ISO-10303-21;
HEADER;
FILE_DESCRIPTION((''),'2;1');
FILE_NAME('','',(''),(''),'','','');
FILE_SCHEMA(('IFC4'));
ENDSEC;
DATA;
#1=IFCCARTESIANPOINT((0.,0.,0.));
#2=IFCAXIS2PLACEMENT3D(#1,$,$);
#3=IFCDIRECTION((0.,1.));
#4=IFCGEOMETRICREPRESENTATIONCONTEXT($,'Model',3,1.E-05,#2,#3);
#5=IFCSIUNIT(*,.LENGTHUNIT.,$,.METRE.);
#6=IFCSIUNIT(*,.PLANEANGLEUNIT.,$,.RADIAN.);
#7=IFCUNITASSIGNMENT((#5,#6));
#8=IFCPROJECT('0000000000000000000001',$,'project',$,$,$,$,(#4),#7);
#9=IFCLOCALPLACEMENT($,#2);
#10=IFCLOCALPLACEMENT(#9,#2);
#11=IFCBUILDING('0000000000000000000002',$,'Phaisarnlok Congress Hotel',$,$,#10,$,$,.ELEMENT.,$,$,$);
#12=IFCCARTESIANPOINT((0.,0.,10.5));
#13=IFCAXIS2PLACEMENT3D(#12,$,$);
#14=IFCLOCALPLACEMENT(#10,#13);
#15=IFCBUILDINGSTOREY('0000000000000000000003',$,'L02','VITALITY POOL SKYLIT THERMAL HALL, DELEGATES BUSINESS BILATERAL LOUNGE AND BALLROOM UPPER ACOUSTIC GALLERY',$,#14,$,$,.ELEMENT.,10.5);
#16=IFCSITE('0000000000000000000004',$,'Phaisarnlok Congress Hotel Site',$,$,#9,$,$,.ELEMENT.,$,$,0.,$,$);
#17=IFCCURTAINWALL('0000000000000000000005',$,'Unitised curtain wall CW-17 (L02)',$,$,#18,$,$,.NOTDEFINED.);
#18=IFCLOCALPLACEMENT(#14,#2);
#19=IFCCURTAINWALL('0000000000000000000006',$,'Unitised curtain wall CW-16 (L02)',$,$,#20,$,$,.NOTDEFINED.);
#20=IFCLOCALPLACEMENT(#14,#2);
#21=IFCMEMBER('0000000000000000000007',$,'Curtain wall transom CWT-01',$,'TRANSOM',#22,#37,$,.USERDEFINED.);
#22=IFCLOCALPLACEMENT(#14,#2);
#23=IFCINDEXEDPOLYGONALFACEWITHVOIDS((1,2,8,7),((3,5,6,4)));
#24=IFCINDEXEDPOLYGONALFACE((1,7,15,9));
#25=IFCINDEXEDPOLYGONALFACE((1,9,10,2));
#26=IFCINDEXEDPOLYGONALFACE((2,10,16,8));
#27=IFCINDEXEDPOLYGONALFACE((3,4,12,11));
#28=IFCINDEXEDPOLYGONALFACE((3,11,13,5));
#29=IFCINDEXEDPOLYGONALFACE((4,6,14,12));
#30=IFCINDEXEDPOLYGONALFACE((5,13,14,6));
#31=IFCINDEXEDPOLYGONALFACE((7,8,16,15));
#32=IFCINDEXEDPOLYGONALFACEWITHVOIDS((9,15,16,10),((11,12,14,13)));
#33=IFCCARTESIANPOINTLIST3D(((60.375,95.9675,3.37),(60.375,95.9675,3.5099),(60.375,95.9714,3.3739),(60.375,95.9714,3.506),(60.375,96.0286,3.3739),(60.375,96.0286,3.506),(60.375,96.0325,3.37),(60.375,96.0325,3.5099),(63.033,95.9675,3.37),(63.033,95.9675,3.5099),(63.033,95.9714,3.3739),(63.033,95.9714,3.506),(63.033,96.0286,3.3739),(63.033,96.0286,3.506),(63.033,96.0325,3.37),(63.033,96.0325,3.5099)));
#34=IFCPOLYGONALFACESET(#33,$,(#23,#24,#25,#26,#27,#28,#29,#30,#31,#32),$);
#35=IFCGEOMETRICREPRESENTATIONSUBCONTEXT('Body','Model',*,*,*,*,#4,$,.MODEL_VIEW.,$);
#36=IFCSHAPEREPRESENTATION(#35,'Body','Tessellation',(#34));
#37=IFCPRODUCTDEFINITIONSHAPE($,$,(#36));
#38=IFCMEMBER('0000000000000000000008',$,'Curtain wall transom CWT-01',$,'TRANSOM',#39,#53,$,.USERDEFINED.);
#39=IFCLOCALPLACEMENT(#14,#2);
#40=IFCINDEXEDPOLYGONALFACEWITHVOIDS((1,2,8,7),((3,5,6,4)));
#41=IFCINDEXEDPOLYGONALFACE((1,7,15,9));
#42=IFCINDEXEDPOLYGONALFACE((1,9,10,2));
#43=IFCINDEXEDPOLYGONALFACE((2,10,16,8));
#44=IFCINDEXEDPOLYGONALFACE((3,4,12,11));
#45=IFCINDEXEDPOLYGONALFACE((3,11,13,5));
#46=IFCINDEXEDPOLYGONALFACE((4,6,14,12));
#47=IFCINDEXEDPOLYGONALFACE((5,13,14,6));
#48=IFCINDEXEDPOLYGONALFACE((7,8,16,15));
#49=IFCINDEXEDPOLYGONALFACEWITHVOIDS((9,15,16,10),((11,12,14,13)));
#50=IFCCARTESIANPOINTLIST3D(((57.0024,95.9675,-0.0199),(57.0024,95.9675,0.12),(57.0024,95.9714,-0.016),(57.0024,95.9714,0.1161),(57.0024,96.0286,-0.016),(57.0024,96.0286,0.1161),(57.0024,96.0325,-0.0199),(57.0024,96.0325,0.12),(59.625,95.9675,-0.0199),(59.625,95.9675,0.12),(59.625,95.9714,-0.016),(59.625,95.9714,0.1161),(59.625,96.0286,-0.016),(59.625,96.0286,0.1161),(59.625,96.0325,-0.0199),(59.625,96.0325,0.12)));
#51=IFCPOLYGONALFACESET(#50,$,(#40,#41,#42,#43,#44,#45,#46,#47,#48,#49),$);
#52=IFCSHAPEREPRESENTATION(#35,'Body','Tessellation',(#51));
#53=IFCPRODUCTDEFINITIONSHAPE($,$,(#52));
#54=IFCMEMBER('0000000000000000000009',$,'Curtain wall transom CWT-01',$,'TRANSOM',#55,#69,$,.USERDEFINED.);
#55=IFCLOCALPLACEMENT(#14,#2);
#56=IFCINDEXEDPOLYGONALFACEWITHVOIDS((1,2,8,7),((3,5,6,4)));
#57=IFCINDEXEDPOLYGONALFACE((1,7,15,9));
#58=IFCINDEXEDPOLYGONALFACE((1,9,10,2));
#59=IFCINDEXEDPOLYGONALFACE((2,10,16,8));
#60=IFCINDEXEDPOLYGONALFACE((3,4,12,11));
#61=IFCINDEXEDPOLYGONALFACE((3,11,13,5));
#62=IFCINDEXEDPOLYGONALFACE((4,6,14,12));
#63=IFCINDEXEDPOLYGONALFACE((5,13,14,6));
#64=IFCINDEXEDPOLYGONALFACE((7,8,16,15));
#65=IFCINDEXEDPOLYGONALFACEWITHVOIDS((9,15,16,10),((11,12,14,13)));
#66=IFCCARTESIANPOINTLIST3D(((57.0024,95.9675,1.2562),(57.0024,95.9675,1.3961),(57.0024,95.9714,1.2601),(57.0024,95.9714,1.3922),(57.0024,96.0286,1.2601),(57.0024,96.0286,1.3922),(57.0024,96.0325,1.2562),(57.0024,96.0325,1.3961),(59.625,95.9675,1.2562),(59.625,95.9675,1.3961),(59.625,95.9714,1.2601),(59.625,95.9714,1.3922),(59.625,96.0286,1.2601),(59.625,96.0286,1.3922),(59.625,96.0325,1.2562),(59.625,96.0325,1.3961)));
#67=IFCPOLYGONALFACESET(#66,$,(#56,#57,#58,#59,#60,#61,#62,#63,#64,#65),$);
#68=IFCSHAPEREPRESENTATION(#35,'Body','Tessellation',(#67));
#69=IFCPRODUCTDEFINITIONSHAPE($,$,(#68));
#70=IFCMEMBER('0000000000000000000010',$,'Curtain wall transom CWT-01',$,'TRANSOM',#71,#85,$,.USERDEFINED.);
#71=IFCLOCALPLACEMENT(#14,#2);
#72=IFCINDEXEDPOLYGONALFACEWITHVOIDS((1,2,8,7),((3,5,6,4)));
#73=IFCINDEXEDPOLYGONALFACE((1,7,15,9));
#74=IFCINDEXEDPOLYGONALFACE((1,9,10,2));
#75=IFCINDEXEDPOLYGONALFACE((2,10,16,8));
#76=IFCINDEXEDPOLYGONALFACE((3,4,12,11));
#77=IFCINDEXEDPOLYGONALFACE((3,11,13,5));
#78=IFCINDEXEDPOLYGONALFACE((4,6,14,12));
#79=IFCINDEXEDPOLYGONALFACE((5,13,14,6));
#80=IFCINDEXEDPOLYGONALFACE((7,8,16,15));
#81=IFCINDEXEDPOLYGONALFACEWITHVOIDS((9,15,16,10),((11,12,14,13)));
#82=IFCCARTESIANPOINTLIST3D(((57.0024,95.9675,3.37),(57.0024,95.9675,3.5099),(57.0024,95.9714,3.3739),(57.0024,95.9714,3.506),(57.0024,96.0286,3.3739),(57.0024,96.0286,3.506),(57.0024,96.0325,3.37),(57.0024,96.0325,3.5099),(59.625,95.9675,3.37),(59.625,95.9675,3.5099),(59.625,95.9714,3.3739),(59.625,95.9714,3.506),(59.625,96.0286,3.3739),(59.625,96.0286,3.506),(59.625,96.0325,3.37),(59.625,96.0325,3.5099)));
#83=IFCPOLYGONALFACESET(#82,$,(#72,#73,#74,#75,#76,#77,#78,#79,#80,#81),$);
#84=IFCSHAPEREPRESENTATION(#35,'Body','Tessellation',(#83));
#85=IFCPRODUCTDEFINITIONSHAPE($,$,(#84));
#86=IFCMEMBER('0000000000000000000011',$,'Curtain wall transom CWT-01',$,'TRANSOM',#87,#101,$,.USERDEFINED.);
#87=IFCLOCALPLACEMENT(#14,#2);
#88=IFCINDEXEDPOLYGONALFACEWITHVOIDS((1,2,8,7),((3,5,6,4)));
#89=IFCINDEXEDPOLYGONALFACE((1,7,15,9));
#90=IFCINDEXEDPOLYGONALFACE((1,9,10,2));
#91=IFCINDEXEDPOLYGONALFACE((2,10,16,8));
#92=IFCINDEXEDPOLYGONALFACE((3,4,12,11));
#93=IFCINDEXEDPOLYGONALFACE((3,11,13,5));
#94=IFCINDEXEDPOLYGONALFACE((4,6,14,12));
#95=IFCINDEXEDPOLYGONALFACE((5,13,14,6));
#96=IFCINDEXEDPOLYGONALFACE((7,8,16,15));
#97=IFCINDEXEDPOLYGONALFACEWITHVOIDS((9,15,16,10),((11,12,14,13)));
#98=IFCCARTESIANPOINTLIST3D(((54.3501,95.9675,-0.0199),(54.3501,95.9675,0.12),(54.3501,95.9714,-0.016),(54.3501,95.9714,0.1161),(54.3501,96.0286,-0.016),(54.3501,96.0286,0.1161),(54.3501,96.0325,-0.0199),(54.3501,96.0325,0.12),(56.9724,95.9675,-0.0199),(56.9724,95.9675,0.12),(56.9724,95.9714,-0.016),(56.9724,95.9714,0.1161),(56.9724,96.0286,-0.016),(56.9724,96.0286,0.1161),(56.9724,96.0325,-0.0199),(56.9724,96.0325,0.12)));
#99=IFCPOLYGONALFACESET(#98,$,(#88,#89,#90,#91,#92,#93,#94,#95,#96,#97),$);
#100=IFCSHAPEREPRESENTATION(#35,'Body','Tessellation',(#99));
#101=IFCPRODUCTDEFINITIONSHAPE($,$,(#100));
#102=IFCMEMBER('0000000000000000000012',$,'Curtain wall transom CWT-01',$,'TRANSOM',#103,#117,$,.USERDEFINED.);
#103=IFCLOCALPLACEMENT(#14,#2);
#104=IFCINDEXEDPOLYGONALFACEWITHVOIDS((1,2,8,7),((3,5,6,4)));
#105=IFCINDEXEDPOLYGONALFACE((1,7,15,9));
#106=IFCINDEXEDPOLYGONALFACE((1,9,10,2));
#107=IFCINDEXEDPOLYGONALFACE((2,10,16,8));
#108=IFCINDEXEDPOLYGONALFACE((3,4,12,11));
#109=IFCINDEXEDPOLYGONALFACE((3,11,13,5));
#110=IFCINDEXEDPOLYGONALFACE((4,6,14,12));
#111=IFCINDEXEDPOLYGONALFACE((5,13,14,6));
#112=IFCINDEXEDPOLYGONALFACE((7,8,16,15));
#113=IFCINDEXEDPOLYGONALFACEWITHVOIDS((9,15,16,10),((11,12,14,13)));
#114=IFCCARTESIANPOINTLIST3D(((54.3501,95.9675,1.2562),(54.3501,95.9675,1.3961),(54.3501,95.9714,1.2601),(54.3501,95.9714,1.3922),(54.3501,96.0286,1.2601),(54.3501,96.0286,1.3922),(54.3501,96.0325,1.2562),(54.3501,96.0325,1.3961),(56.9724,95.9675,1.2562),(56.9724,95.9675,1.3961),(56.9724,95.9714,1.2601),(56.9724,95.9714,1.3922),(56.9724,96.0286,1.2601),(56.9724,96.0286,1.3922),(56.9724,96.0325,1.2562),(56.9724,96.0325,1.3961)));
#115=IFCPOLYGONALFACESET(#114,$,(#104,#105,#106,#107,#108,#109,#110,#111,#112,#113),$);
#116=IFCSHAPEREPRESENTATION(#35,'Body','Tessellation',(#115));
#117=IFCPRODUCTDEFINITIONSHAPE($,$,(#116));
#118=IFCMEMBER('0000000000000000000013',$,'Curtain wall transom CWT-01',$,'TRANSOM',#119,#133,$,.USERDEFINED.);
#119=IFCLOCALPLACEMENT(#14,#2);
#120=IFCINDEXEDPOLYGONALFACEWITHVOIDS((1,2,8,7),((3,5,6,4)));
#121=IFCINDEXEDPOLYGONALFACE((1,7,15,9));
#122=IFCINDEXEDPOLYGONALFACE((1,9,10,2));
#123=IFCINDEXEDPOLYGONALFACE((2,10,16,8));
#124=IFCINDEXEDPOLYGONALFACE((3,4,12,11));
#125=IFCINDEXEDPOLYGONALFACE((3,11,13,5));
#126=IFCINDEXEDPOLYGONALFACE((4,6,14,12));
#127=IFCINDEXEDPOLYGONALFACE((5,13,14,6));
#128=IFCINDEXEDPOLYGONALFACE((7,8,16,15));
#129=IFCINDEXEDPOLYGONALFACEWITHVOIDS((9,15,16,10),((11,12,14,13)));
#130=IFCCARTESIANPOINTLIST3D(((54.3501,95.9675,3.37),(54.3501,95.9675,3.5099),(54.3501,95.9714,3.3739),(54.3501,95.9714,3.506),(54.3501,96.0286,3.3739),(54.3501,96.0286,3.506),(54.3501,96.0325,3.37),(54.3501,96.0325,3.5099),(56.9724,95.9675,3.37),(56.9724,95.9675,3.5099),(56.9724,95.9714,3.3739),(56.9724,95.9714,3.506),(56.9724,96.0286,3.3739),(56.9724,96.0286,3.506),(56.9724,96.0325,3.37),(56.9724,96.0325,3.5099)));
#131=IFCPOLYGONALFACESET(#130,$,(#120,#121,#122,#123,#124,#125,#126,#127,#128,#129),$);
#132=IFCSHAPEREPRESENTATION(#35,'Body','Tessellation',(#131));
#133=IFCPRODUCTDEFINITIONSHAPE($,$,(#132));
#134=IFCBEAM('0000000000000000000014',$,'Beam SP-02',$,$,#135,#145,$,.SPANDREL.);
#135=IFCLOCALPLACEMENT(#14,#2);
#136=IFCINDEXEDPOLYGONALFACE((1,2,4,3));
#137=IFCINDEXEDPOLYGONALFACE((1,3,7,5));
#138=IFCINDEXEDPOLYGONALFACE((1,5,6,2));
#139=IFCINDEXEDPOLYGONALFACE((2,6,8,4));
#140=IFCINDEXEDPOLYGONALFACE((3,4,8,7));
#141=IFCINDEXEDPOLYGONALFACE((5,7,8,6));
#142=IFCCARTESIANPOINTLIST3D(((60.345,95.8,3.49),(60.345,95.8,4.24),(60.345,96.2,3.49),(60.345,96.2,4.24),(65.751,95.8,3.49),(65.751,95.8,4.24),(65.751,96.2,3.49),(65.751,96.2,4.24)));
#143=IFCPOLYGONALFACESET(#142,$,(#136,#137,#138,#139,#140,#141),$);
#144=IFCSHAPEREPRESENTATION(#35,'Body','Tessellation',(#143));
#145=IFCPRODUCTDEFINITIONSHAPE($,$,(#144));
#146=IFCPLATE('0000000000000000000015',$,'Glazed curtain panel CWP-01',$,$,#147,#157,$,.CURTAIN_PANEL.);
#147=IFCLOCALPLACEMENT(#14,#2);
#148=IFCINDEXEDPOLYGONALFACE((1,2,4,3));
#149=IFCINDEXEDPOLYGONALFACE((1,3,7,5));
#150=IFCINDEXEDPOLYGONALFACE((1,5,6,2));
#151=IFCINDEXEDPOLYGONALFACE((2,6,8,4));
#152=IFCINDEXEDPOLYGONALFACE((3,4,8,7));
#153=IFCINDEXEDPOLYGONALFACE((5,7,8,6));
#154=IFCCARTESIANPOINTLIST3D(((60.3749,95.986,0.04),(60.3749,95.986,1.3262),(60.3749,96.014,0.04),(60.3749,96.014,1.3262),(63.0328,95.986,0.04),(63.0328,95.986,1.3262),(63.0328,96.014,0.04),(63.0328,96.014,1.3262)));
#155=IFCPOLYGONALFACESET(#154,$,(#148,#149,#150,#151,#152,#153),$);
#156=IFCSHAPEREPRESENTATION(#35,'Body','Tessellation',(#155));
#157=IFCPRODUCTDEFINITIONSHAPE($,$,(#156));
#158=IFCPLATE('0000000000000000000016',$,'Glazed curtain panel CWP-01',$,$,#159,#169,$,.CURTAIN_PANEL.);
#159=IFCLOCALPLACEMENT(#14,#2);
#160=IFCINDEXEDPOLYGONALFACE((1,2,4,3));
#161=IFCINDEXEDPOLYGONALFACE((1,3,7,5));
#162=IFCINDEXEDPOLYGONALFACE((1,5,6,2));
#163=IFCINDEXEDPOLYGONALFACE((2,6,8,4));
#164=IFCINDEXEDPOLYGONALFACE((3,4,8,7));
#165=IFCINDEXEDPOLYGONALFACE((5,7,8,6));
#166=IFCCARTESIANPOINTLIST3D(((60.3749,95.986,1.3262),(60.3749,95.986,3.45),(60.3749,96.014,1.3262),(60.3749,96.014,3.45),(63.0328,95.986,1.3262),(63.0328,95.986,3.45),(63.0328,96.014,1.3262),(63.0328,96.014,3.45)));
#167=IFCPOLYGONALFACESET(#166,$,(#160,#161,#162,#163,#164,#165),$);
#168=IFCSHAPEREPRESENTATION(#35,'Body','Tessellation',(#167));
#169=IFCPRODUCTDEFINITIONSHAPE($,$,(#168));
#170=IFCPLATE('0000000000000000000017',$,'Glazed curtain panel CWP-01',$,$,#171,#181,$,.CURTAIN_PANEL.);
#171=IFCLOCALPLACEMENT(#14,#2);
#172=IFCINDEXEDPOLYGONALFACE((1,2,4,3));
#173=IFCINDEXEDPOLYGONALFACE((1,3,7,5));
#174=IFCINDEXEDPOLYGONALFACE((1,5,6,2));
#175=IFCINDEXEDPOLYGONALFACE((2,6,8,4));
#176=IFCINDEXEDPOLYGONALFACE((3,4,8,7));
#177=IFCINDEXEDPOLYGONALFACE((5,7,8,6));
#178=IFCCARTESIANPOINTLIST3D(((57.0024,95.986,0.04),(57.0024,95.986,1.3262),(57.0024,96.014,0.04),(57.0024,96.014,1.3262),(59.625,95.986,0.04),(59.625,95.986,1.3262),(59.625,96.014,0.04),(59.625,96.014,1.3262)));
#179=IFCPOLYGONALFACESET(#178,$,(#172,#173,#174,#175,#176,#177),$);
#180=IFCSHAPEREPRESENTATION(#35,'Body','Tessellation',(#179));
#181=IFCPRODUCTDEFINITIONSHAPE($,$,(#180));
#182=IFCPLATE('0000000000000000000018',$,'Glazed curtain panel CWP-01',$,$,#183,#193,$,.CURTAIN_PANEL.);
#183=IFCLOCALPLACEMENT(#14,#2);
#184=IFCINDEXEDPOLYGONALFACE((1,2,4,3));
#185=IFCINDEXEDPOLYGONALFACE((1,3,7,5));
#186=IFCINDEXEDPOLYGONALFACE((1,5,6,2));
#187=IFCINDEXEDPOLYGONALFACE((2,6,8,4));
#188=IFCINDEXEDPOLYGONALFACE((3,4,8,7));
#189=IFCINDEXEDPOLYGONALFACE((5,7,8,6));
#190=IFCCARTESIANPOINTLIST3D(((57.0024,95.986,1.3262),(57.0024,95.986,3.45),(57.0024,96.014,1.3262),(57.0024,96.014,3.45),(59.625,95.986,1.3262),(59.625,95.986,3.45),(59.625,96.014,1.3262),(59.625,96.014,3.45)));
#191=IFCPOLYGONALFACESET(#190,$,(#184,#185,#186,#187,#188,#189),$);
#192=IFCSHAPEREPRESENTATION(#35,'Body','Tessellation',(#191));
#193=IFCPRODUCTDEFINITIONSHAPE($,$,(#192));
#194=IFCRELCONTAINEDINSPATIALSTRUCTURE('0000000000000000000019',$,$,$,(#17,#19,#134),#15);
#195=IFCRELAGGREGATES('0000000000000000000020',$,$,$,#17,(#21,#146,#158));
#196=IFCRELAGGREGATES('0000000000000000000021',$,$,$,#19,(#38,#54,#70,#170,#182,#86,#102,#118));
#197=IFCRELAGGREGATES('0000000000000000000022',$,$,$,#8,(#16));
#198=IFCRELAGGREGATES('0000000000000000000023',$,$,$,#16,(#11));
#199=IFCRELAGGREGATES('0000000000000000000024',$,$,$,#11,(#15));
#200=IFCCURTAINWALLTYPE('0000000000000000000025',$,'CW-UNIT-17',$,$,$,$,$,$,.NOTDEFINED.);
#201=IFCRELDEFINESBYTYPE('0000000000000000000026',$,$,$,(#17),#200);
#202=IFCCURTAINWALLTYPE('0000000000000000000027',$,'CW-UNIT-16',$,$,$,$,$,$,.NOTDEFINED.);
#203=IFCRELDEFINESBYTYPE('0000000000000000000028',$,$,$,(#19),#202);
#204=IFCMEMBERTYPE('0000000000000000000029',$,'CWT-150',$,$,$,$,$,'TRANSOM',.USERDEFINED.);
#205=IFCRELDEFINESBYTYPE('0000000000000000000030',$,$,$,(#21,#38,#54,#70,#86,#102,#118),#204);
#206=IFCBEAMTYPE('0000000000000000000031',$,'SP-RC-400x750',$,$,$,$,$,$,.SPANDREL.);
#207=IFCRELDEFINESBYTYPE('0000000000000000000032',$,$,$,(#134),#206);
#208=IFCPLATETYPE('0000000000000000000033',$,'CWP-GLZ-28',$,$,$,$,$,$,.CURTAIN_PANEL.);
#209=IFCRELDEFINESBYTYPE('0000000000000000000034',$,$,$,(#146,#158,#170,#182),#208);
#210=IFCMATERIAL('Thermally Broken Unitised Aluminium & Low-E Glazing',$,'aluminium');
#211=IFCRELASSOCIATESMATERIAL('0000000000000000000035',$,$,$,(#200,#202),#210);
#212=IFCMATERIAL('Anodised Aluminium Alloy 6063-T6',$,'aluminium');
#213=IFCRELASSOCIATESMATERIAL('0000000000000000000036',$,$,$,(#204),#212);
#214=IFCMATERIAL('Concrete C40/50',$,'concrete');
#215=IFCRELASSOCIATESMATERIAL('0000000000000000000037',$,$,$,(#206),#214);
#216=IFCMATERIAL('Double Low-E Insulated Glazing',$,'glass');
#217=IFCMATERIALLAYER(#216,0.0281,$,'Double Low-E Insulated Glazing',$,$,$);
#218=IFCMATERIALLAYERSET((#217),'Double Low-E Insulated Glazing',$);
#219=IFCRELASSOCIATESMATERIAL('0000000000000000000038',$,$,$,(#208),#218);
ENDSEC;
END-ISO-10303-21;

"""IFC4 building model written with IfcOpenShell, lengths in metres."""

from ifc_helpers import new_model, si_unit, direction, frame, frame_2d, origin, origin_2d, place, context, subcontext, project, spatial, rectangle, hollow_rectangle, extrude, material, layer, layer_set, material_profile, profile_set, type_object, element, aggregate, save


model = new_model("IFC4")

# Units and contexts
model_context = context("Model", 3, precision=1e-05, world=origin(), true_north=direction((0.0, 1.0)))
body_context = subcontext(model_context, "Body", "Model", "MODEL_VIEW")
ifc_project = project(units=[si_unit("LENGTHUNIT", "METRE"), si_unit("PLANEANGLEUNIT", "RADIAN")], contexts=[model_context])

# Site, building, storey
site_placement = place(None, origin())
site = spatial("IfcSite", under=ifc_project, at=site_placement, Name="Phaisarnlok Congress Hotel Site", CompositionType="ELEMENT", RefElevation=0.0)
building_placement = place(site_placement, origin())
building = spatial("IfcBuilding", under=site, at=building_placement, Name="Phaisarnlok Congress Hotel", CompositionType="ELEMENT")
storey_placement = place(building_placement, frame((0.0, 0.0, 10.5)))
storey = spatial("IfcBuildingStorey", under=building, at=storey_placement, Name="L02", Description="VITALITY POOL SKYLIT THERMAL HALL, DELEGATES BUSINESS BILATERAL LOUNGE AND BALLROOM UPPER ACOUSTIC GALLERY", CompositionType="ELEMENT", Elevation=10.5)

# Curtain walls
ifc_material_1 = material(Name="Thermally Broken Unitised Aluminium & Low-E Glazing", Category="aluminium")
curtain_wall_type_1 = type_object("IfcCurtainWallType", Name="CW-UNIT-17", PredefinedType="NOTDEFINED", material=ifc_material_1)
curtain_wall_1_placement = place(storey_placement, origin())
curtain_wall_1 = element("IfcCurtainWall", 1, at=curtain_wall_1_placement, inside=storey, type_object=curtain_wall_type_1, Name="Unitised curtain wall CW-17 (L02)", PredefinedType="NOTDEFINED")
ifc_material_2 = material(Name="Anodised Aluminium Alloy 6063-T6", Category="aluminium")
curtain_wall_type_2 = type_object("IfcCurtainWallType", Name="CW-UNIT-16", PredefinedType="NOTDEFINED", material=ifc_material_1)
curtain_wall_2_placement = place(storey_placement, origin())
curtain_wall_2 = element("IfcCurtainWall", 2, at=curtain_wall_2_placement, inside=storey, type_object=curtain_wall_type_2, Name="Unitised curtain wall CW-16 (L02)", PredefinedType="NOTDEFINED")

# Members
ifc_material_profile_1 = material_profile(ifc_material_2, hollow_rectangle(XDim=0.0649, YDim=0.1399, WallThickness=0.0039, at=origin_2d()), Name="ALU-T 65x140x4")
ifc_profile_set_1 = profile_set([ifc_material_profile_1], Name="Anodised Aluminium Alloy 6063-T6")
member_type_1 = type_object("IfcMemberType", Name="CWT-150", ElementType="TRANSOM", PredefinedType="USERDEFINED", material=ifc_profile_set_1)
member_1_placement = place(storey_placement, frame((63.033, 96.0, 3.4399), z_axis=(-1.0, 0.0, 0.0), x_axis=(0.0, -1.0, 0.0)))
member_1 = element("IfcMember", 3, at=member_1_placement, type_object=member_type_1, Name="Curtain wall transom CWT-01", ObjectType="TRANSOM", PredefinedType="USERDEFINED", context=body_context, shape_type="SweptSolid", body=[
    extrude(hollow_rectangle(XDim=0.0649, YDim=0.1399, WallThickness=0.0039, at=origin_2d()), origin(), (0.0, 0.0, 1.0), 2.658),
])
member_2_placement = place(storey_placement, frame((59.625, 96.0, 0.05), z_axis=(-1.0, 0.0, 0.0), x_axis=(0.0, -1.0, 0.0)))
member_2 = element("IfcMember", 4, at=member_2_placement, type_object=member_type_1, Name="Curtain wall transom CWT-01", ObjectType="TRANSOM", PredefinedType="USERDEFINED", context=body_context, shape_type="SweptSolid", body=[
    extrude(hollow_rectangle(XDim=0.0649, YDim=0.1399, WallThickness=0.0039, at=origin_2d()), origin(), (0.0, 0.0, 1.0), 2.6226),
])
member_3_placement = place(storey_placement, frame((59.625, 96.0, 1.3262), z_axis=(-1.0, 0.0, 0.0), x_axis=(0.0, -1.0, 0.0)))
member_3 = element("IfcMember", 5, at=member_3_placement, type_object=member_type_1, Name="Curtain wall transom CWT-01", ObjectType="TRANSOM", PredefinedType="USERDEFINED", context=body_context, shape_type="SweptSolid", body=[
    extrude(hollow_rectangle(XDim=0.0649, YDim=0.1399, WallThickness=0.0039, at=origin_2d()), origin(), (0.0, 0.0, 1.0), 2.6226),
])
member_4_placement = place(storey_placement, frame((59.625, 96.0, 3.4399), z_axis=(-1.0, 0.0, 0.0), x_axis=(0.0, -1.0, 0.0)))
member_4 = element("IfcMember", 6, at=member_4_placement, type_object=member_type_1, Name="Curtain wall transom CWT-01", ObjectType="TRANSOM", PredefinedType="USERDEFINED", context=body_context, shape_type="SweptSolid", body=[
    extrude(hollow_rectangle(XDim=0.0649, YDim=0.1399, WallThickness=0.0039, at=origin_2d()), origin(), (0.0, 0.0, 1.0), 2.6226),
])
member_5_placement = place(storey_placement, frame((56.9724, 96.0, 0.05), z_axis=(-1.0, 0.0, 0.0), x_axis=(0.0, -1.0, 0.0)))
member_5 = element("IfcMember", 7, at=member_5_placement, type_object=member_type_1, Name="Curtain wall transom CWT-01", ObjectType="TRANSOM", PredefinedType="USERDEFINED", context=body_context, shape_type="SweptSolid", body=[
    extrude(hollow_rectangle(XDim=0.0649, YDim=0.1399, WallThickness=0.0039, at=origin_2d()), origin(), (0.0, 0.0, 1.0), 2.6223),
])
member_6_placement = place(storey_placement, frame((56.9724, 96.0, 1.3262), z_axis=(-1.0, 0.0, 0.0), x_axis=(0.0, -1.0, 0.0)))
member_6 = element("IfcMember", 8, at=member_6_placement, type_object=member_type_1, Name="Curtain wall transom CWT-01", ObjectType="TRANSOM", PredefinedType="USERDEFINED", context=body_context, shape_type="SweptSolid", body=[
    extrude(hollow_rectangle(XDim=0.0649, YDim=0.1399, WallThickness=0.0039, at=origin_2d()), origin(), (0.0, 0.0, 1.0), 2.6223),
])
member_7_placement = place(storey_placement, frame((56.9724, 96.0, 3.4399), z_axis=(-1.0, 0.0, 0.0), x_axis=(0.0, -1.0, 0.0)))
member_7 = element("IfcMember", 9, at=member_7_placement, type_object=member_type_1, Name="Curtain wall transom CWT-01", ObjectType="TRANSOM", PredefinedType="USERDEFINED", context=body_context, shape_type="SweptSolid", body=[
    extrude(hollow_rectangle(XDim=0.0649, YDim=0.1399, WallThickness=0.0039, at=origin_2d()), origin(), (0.0, 0.0, 1.0), 2.6223),
])

# Beam
ifc_material_3 = material(Name="Concrete C40/50", Category="concrete")
ifc_material_profile_2 = material_profile(ifc_material_3, rectangle(XDim=0.3999, YDim=0.75, at=origin_2d()), Name="RC 400x750")
ifc_profile_set_2 = profile_set([ifc_material_profile_2], Name="Concrete C40/50")
beam_type = type_object("IfcBeamType", Name="SP-RC-400x750", PredefinedType="SPANDREL", material=ifc_profile_set_2)
beam_placement = place(storey_placement, frame((60.345, 96.0, 3.865), z_axis=(1.0, 0.0, 0.0), x_axis=(0.0, 1.0, 0.0)))
element("IfcBeam", 10, at=beam_placement, inside=storey, type_object=beam_type, Name="Beam SP-02", PredefinedType="SPANDREL", context=body_context, shape_type="SweptSolid", body=[
    extrude(rectangle(XDim=0.3999, YDim=0.75, at=origin_2d()), origin(), (0.0, 0.0, 1.0), 5.406),
])

# Plates
ifc_material_4 = material(Name="Double Low-E Insulated Glazing", Category="glass")
ifc_layer = layer(ifc_material_4, 0.0281, Name="Double Low-E Insulated Glazing")
ifc_layer_set = layer_set([ifc_layer], Name="Double Low-E Insulated Glazing")
plate_type = type_object("IfcPlateType", Name="CWP-GLZ-28", PredefinedType="CURTAIN_PANEL", material=ifc_layer_set)
plate_1_placement = place(storey_placement, frame((63.033, 96.0, 0.04), z_axis=(0.0, 0.0, 1.0), x_axis=(-1.0, 0.0, 0.0)))
plate_1 = element("IfcPlate", 11, at=plate_1_placement, type_object=plate_type, Name="Glazed curtain panel CWP-01", PredefinedType="CURTAIN_PANEL", context=body_context, shape_type="SweptSolid", body=[
    extrude(rectangle(XDim=2.658, YDim=0.0281, at=frame_2d((1.3291, 0.0))), origin(), (0.0, 0.0, 1.0), 1.2861),
])
plate_2_placement = place(storey_placement, frame((63.033, 96.0, 1.3262), z_axis=(0.0, 0.0, 1.0), x_axis=(-1.0, 0.0, 0.0)))
plate_2 = element("IfcPlate", 12, at=plate_2_placement, type_object=plate_type, Name="Glazed curtain panel CWP-01", PredefinedType="CURTAIN_PANEL", context=body_context, shape_type="SweptSolid", body=[
    extrude(rectangle(XDim=2.658, YDim=0.0281, at=frame_2d((1.3291, 0.0))), origin(), (0.0, 0.0, 1.0), 2.1238),
])
aggregate(curtain_wall_1, [member_1, plate_1, plate_2])
plate_3_placement = place(storey_placement, frame((59.625, 96.0, 0.04), z_axis=(0.0, 0.0, 1.0), x_axis=(-1.0, 0.0, 0.0)))
plate_3 = element("IfcPlate", 13, at=plate_3_placement, type_object=plate_type, Name="Glazed curtain panel CWP-01", PredefinedType="CURTAIN_PANEL", context=body_context, shape_type="SweptSolid", body=[
    extrude(rectangle(XDim=2.6226, YDim=0.0281, at=frame_2d((1.3113, 0.0))), origin(), (0.0, 0.0, 1.0), 1.2861),
])
plate_4_placement = place(storey_placement, frame((59.625, 96.0, 1.3262), z_axis=(0.0, 0.0, 1.0), x_axis=(-1.0, 0.0, 0.0)))
plate_4 = element("IfcPlate", 14, at=plate_4_placement, type_object=plate_type, Name="Glazed curtain panel CWP-01", PredefinedType="CURTAIN_PANEL", context=body_context, shape_type="SweptSolid", body=[
    extrude(rectangle(XDim=2.6226, YDim=0.0281, at=frame_2d((1.3113, 0.0))), origin(), (0.0, 0.0, 1.0), 2.1238),
])
aggregate(curtain_wall_2, [member_2, member_3, member_4, plate_3, plate_4, member_5, member_6, member_7])

save(model, "model.ifc")
